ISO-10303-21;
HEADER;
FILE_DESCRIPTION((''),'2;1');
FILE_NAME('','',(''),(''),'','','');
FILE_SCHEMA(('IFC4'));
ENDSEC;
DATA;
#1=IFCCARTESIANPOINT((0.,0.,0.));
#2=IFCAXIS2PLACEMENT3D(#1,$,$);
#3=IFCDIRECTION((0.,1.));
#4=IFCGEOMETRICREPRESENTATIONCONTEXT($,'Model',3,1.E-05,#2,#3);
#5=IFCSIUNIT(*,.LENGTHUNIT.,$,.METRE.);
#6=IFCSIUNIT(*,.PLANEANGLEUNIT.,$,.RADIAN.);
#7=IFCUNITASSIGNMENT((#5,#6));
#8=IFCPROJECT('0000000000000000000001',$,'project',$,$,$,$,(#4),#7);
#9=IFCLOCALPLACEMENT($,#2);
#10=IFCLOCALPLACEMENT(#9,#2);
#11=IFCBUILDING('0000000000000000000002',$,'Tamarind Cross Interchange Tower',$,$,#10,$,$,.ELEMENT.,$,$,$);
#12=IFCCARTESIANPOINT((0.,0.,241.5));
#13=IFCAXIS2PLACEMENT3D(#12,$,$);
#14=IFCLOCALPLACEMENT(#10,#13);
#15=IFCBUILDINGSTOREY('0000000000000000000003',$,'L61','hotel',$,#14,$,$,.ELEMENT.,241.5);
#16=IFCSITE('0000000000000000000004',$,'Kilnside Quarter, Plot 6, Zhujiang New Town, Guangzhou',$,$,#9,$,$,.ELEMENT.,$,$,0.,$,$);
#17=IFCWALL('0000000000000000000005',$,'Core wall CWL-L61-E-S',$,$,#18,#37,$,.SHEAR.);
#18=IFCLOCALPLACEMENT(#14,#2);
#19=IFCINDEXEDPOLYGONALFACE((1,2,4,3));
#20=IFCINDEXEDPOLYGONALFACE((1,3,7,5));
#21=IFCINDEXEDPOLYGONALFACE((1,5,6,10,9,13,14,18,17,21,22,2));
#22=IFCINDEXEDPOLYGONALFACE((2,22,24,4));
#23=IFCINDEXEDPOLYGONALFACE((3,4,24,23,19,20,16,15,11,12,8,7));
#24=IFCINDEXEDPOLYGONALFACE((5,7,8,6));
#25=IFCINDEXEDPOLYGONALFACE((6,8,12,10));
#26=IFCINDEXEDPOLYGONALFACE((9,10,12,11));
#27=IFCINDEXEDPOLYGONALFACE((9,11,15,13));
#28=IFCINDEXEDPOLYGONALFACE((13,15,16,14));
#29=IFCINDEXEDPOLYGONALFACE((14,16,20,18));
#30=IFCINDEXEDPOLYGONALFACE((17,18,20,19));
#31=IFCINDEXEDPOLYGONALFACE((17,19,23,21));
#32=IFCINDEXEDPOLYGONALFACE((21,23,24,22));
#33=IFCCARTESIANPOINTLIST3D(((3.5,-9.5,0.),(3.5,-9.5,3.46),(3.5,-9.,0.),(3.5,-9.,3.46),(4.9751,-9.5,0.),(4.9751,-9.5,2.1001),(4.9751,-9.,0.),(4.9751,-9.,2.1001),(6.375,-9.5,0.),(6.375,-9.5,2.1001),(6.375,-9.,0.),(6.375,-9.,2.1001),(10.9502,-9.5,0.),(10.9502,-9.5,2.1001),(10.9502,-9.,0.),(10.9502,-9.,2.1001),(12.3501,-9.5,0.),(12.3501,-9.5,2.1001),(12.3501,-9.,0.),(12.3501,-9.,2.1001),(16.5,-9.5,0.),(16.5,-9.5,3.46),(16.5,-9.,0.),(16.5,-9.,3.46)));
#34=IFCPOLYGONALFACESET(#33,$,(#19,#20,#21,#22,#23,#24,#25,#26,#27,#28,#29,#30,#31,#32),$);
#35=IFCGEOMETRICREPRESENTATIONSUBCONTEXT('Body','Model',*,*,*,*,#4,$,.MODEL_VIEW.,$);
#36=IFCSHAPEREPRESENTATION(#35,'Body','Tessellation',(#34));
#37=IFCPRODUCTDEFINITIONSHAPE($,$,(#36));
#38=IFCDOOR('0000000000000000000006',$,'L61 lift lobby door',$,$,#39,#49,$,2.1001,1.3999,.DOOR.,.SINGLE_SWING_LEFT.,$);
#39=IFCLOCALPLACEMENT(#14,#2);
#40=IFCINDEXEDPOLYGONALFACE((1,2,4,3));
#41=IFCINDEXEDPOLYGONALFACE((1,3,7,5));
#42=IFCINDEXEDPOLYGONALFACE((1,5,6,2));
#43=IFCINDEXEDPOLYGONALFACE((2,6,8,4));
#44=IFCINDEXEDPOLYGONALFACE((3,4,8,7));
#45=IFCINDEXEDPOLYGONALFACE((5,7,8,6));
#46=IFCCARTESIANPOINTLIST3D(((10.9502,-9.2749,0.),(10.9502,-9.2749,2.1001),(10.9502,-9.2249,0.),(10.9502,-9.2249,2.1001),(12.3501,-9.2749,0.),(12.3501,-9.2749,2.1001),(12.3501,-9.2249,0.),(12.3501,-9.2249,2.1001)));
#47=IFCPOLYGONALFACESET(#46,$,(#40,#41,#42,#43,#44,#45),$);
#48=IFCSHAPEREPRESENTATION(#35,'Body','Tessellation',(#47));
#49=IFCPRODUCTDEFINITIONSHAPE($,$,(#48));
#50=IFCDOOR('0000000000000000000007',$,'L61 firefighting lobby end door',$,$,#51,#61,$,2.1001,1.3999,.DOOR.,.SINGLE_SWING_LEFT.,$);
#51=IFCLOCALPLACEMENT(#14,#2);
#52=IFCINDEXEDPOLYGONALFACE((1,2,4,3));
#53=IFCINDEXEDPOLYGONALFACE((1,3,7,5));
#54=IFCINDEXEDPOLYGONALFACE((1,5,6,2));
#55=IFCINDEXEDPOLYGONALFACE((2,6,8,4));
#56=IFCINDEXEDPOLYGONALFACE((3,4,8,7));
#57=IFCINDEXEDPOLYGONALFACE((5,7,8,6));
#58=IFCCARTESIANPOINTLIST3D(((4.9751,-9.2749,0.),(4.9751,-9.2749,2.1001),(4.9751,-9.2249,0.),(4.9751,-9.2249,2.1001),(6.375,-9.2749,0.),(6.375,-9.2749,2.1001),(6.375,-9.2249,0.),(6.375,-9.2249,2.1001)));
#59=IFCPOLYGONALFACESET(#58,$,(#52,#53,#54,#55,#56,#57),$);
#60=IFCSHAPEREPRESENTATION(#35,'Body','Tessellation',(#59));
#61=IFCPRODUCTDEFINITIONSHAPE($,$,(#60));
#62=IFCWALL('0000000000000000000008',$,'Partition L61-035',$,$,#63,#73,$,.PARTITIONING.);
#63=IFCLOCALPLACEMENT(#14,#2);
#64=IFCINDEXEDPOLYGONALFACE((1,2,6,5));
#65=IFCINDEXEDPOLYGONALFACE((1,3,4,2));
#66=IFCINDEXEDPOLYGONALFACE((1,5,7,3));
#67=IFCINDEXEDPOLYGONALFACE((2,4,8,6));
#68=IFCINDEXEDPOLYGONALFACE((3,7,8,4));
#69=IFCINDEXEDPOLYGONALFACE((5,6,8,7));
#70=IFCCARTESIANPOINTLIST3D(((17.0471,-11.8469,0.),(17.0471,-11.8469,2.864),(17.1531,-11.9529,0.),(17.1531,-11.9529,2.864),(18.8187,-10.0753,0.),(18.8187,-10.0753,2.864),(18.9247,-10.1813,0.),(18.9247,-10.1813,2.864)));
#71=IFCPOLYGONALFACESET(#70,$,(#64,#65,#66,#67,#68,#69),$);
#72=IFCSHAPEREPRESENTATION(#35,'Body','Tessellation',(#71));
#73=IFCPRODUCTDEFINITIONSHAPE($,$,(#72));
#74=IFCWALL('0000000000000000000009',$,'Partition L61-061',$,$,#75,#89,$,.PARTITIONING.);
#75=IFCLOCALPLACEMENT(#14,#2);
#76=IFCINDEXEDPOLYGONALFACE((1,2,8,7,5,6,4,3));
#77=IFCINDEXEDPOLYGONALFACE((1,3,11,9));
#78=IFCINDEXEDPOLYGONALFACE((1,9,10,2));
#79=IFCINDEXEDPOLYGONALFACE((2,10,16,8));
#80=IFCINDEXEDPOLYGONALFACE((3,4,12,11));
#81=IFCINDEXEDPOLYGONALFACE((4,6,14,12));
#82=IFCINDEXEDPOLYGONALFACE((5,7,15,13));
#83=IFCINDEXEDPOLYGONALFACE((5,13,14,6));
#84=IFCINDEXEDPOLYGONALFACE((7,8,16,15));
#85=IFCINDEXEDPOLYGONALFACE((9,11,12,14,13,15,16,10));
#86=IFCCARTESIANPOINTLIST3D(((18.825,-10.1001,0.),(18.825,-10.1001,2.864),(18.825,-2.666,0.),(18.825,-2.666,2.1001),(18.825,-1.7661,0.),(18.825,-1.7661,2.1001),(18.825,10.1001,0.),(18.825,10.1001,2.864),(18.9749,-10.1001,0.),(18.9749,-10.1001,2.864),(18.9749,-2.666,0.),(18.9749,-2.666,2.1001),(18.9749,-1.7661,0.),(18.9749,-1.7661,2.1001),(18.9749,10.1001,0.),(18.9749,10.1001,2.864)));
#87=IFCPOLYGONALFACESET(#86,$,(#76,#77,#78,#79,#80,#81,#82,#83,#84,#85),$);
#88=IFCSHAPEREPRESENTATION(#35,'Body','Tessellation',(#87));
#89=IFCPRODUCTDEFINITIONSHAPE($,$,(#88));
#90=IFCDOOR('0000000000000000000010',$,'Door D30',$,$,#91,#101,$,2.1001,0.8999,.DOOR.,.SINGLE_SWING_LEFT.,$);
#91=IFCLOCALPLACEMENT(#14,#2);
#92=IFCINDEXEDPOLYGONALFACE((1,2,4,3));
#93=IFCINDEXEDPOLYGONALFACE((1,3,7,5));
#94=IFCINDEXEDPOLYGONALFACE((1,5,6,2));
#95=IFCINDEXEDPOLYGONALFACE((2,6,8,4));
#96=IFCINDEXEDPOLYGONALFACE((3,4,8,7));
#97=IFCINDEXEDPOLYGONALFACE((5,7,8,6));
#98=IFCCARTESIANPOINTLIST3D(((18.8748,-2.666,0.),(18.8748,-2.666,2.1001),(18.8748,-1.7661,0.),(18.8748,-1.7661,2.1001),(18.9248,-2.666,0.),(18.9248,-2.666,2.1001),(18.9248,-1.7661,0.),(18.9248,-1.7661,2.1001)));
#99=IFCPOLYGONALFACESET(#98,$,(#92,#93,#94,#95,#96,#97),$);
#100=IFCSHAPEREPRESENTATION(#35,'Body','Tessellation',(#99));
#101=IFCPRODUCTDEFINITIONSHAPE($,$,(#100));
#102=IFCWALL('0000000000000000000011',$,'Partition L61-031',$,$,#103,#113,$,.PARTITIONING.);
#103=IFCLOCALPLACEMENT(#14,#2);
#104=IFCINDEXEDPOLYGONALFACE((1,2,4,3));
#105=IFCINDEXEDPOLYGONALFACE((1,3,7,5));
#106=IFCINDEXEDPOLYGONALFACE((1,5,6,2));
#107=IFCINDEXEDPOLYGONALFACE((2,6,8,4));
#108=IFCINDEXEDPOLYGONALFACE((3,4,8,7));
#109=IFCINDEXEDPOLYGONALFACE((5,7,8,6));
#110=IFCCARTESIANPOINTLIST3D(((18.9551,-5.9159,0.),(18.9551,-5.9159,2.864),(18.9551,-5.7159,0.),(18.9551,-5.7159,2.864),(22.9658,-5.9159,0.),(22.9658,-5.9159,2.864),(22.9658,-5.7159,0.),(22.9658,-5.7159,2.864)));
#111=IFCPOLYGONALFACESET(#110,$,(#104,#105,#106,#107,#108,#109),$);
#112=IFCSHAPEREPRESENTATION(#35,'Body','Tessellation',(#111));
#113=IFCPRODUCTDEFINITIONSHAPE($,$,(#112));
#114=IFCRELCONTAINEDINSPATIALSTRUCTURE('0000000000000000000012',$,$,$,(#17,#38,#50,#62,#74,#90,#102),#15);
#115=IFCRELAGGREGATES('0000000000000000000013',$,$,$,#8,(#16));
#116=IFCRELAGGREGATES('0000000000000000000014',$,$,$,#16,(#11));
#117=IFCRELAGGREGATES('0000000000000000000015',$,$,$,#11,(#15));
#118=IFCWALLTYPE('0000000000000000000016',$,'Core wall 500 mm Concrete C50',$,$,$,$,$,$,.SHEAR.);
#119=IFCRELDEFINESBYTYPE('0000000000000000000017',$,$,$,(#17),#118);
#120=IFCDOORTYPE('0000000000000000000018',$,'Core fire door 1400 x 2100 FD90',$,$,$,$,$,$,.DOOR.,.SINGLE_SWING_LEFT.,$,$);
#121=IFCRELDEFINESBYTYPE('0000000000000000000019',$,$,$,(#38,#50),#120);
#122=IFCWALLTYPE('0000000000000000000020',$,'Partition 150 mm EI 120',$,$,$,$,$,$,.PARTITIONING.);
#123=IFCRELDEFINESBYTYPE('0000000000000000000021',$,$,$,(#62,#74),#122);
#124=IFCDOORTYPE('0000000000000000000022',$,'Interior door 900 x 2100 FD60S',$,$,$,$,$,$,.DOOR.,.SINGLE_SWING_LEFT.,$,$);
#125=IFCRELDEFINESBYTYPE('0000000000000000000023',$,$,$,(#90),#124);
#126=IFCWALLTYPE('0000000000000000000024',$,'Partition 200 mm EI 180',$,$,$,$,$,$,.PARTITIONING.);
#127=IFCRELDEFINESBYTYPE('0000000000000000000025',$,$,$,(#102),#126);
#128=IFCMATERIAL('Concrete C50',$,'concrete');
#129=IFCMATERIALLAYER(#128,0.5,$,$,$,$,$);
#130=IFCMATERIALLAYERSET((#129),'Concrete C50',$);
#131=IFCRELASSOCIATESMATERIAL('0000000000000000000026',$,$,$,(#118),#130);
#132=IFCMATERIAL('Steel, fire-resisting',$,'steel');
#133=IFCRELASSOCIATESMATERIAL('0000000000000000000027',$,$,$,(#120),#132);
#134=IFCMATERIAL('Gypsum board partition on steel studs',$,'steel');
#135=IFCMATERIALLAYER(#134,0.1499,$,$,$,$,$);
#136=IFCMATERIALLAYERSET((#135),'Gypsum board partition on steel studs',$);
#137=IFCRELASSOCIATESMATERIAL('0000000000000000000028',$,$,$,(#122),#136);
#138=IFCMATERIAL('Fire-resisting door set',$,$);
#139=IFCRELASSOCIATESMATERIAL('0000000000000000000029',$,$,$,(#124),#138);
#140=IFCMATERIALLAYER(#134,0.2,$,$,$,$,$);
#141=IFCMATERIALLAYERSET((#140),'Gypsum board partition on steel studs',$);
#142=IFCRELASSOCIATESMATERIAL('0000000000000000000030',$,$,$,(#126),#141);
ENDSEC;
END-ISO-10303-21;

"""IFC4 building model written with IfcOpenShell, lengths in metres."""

from ifc_helpers import new_model, si_unit, direction, frame, frame_2d, origin, place, context, subcontext, project, spatial, rectangle, extrude, material, layer, layer_set, type_object, element, fill, save


model = new_model("IFC4")

# Units and contexts
model_context = context("Model", 3, precision=1e-05, world=origin(), true_north=direction((0.0, 1.0)))
body_context = subcontext(model_context, "Body", "Model", "MODEL_VIEW")
ifc_project = project(units=[si_unit("LENGTHUNIT", "METRE"), si_unit("PLANEANGLEUNIT", "RADIAN")], contexts=[model_context])

# Site, building, storey
site_placement = place(None, origin())
site = spatial("IfcSite", under=ifc_project, at=site_placement, Name="Kilnside Quarter, Plot 6, Zhujiang New Town, Guangzhou", CompositionType="ELEMENT", RefElevation=0.0)
building_placement = place(site_placement, origin())
building = spatial("IfcBuilding", under=site, at=building_placement, Name="Tamarind Cross Interchange Tower", CompositionType="ELEMENT")
storey_placement = place(building_placement, frame((0.0, 0.0, 241.5)))
storey = spatial("IfcBuildingStorey", under=building, at=storey_placement, Name="L61", Description="hotel", CompositionType="ELEMENT", Elevation=241.5)

# Shared definitions
ifc_material_1 = material(Name="Concrete C50", Category="concrete")

# Wall, openings, doors
ifc_layer_1 = layer(ifc_material_1, 0.5)
ifc_layer_set_1 = layer_set([ifc_layer_1], Name="Concrete C50")
wall_type_1 = type_object("IfcWallType", Name="Core wall 500 mm Concrete C50", PredefinedType="SHEAR", material=ifc_layer_set_1)
wall_1_placement = place(storey_placement, frame((16.5, -9.25, 0.0), z_axis=(0.0, 0.0, 1.0), x_axis=(-1.0, 0.0, 0.0)))
wall_1 = element("IfcWall", 1, at=wall_1_placement, inside=storey, type_object=wall_type_1, Name="Core wall CWL-L61-E-S", PredefinedType="SHEAR", context=body_context, shape_type="SweptSolid", body=[
    extrude(rectangle(XDim=13.0, YDim=0.5, at=frame_2d((6.5, 0.0))), origin(), (0.0, 0.0, 1.0), 3.46),
])
opening_1_placement = place(wall_1_placement, frame((4.1499, 0.0, 0.0)))
opening_1 = element("IfcOpeningElement", 2, at=opening_1_placement, cuts=wall_1, PredefinedType="OPENING", context=body_context, shape_type="SweptSolid", body=[
    extrude(rectangle(XDim=1.3999, YDim=2.1001, at=frame_2d((0.7, 1.05))), frame((0.0, 0.26, 0.0), z_axis=(0.0, -1.0, 0.0), x_axis=(1.0, 0.0, 0.0)), (0.0, 0.0, 1.0), 0.52),
])
opening_2_placement = place(wall_1_placement, frame((10.125, 0.0, 0.0)))
opening_2 = element("IfcOpeningElement", 3, at=opening_2_placement, cuts=wall_1, PredefinedType="OPENING", context=body_context, shape_type="SweptSolid", body=[
    extrude(rectangle(XDim=1.3999, YDim=2.1001, at=frame_2d((0.7, 1.05))), frame((0.0, 0.26, 0.0), z_axis=(0.0, -1.0, 0.0), x_axis=(1.0, 0.0, 0.0)), (0.0, 0.0, 1.0), 0.52),
])
ifc_material_2 = material(Name="Steel, fire-resisting", Category="steel")
door_type_1 = type_object("IfcDoorType", Name="Core fire door 1400 x 2100 FD90", OperationType="SINGLE_SWING_LEFT", PredefinedType="DOOR", material=ifc_material_2)
door_1_placement = place(opening_1_placement, origin())
door_1 = element("IfcDoor", 4, at=door_1_placement, inside=storey, type_object=door_type_1, Name="L61 lift lobby door", OperationType="SINGLE_SWING_LEFT", OverallHeight=2.1001, OverallWidth=1.3999, PredefinedType="DOOR", context=body_context, shape_type="SweptSolid", body=[
    extrude(rectangle(XDim=1.3999, YDim=2.1001, at=frame_2d((0.7, 1.05))), frame((0.0, 0.0249, 0.0), z_axis=(0.0, -1.0, 0.0), x_axis=(1.0, 0.0, 0.0)), (0.0, 0.0, 1.0), 0.05),
])
fill(opening_1, door_1)
door_2_placement = place(opening_2_placement, origin())
door_2 = element("IfcDoor", 5, at=door_2_placement, inside=storey, type_object=door_type_1, Name="L61 firefighting lobby end door", OperationType="SINGLE_SWING_LEFT", OverallHeight=2.1001, OverallWidth=1.3999, PredefinedType="DOOR", context=body_context, shape_type="SweptSolid", body=[
    extrude(rectangle(XDim=1.3999, YDim=2.1001, at=frame_2d((0.7, 1.05))), frame((0.0, 0.0249, 0.0), z_axis=(0.0, -1.0, 0.0), x_axis=(1.0, 0.0, 0.0)), (0.0, 0.0, 1.0), 0.05),
])
fill(opening_2, door_2)

# Wall
ifc_material_3 = material(Name="Gypsum board partition on steel studs", Category="steel")
ifc_layer_2 = layer(ifc_material_3, 0.1499)
ifc_layer_set_2 = layer_set([ifc_layer_2], Name="Gypsum board partition on steel studs")
wall_type_2 = type_object("IfcWallType", Name="Partition 150 mm EI 120", PredefinedType="PARTITIONING", material=ifc_layer_set_2)
wall_2_placement = place(storey_placement, frame((17.1001, -11.8999, 0.0), z_axis=(0.0, 0.0, 1.0), x_axis=(0.707107, 0.707107, 0.0)))
element("IfcWall", 6, at=wall_2_placement, inside=storey, type_object=wall_type_2, Name="Partition L61-035", PredefinedType="PARTITIONING", context=body_context, shape_type="SweptSolid", body=[
    extrude(rectangle(XDim=2.5054, YDim=0.1499, at=frame_2d((1.2527, 0.0))), origin(), (0.0, 0.0, 1.0), 2.864),
])

# Wall, opening, door
wall_3_placement = place(storey_placement, frame((18.8999, -10.1001, 0.0), z_axis=(0.0, 0.0, 1.0), x_axis=(0.0, 1.0, 0.0)))
wall_3 = element("IfcWall", 7, at=wall_3_placement, inside=storey, type_object=wall_type_2, Name="Partition L61-061", PredefinedType="PARTITIONING", context=body_context, shape_type="SweptSolid", body=[
    extrude(rectangle(XDim=20.2002, YDim=0.1499, at=frame_2d((10.1001, 0.0))), origin(), (0.0, 0.0, 1.0), 2.864),
])
opening_3_placement = place(wall_3_placement, frame((7.4341, 0.0, 0.0)))
opening_3 = element("IfcOpeningElement", 8, at=opening_3_placement, cuts=wall_3, PredefinedType="OPENING", context=body_context, shape_type="SweptSolid", body=[
    extrude(rectangle(XDim=0.8999, YDim=2.1001, at=frame_2d((0.45, 1.05))), frame((0.0, 0.085, 0.0), z_axis=(0.0, -1.0, 0.0), x_axis=(1.0, 0.0, 0.0)), (0.0, 0.0, 1.0), 0.1699),
])
ifc_material_4 = material(Name="Fire-resisting door set")
door_type_2 = type_object("IfcDoorType", Name="Interior door 900 x 2100 FD60S", OperationType="SINGLE_SWING_LEFT", PredefinedType="DOOR", material=ifc_material_4)
door_3_placement = place(opening_3_placement, frame((0.8999, 0.0, 0.0), z_axis=(0.0, 0.0, 1.0), x_axis=(-1.0, 0.0, 0.0)))
door_3 = element("IfcDoor", 9, at=door_3_placement, inside=storey, type_object=door_type_2, Name="Door D30", OperationType="SINGLE_SWING_LEFT", OverallHeight=2.1001, OverallWidth=0.8999, PredefinedType="DOOR", context=body_context, shape_type="SweptSolid", body=[
    extrude(rectangle(XDim=0.8999, YDim=2.1001, at=frame_2d((0.45, 1.05))), frame((0.0, 0.0249, 0.0), z_axis=(0.0, -1.0, 0.0), x_axis=(1.0, 0.0, 0.0)), (0.0, 0.0, 1.0), 0.05),
])
fill(opening_3, door_3)

# Wall
ifc_layer_3 = layer(ifc_material_3, 0.2)
ifc_layer_set_3 = layer_set([ifc_layer_3], Name="Gypsum board partition on steel studs")
wall_type_3 = type_object("IfcWallType", Name="Partition 200 mm EI 180", PredefinedType="PARTITIONING", material=ifc_layer_set_3)
wall_4_placement = place(storey_placement, frame((18.9551, -5.8159, 0.0), z_axis=(0.0, 0.0, 1.0), x_axis=(1.0, 0.0, 0.0)))
element("IfcWall", 10, at=wall_4_placement, inside=storey, type_object=wall_type_3, Name="Partition L61-031", PredefinedType="PARTITIONING", context=body_context, shape_type="SweptSolid", body=[
    extrude(rectangle(XDim=4.0107, YDim=0.2, at=frame_2d((2.0054, 0.0))), origin(), (0.0, 0.0, 1.0), 2.864),
])

save(model, "model.ifc")
